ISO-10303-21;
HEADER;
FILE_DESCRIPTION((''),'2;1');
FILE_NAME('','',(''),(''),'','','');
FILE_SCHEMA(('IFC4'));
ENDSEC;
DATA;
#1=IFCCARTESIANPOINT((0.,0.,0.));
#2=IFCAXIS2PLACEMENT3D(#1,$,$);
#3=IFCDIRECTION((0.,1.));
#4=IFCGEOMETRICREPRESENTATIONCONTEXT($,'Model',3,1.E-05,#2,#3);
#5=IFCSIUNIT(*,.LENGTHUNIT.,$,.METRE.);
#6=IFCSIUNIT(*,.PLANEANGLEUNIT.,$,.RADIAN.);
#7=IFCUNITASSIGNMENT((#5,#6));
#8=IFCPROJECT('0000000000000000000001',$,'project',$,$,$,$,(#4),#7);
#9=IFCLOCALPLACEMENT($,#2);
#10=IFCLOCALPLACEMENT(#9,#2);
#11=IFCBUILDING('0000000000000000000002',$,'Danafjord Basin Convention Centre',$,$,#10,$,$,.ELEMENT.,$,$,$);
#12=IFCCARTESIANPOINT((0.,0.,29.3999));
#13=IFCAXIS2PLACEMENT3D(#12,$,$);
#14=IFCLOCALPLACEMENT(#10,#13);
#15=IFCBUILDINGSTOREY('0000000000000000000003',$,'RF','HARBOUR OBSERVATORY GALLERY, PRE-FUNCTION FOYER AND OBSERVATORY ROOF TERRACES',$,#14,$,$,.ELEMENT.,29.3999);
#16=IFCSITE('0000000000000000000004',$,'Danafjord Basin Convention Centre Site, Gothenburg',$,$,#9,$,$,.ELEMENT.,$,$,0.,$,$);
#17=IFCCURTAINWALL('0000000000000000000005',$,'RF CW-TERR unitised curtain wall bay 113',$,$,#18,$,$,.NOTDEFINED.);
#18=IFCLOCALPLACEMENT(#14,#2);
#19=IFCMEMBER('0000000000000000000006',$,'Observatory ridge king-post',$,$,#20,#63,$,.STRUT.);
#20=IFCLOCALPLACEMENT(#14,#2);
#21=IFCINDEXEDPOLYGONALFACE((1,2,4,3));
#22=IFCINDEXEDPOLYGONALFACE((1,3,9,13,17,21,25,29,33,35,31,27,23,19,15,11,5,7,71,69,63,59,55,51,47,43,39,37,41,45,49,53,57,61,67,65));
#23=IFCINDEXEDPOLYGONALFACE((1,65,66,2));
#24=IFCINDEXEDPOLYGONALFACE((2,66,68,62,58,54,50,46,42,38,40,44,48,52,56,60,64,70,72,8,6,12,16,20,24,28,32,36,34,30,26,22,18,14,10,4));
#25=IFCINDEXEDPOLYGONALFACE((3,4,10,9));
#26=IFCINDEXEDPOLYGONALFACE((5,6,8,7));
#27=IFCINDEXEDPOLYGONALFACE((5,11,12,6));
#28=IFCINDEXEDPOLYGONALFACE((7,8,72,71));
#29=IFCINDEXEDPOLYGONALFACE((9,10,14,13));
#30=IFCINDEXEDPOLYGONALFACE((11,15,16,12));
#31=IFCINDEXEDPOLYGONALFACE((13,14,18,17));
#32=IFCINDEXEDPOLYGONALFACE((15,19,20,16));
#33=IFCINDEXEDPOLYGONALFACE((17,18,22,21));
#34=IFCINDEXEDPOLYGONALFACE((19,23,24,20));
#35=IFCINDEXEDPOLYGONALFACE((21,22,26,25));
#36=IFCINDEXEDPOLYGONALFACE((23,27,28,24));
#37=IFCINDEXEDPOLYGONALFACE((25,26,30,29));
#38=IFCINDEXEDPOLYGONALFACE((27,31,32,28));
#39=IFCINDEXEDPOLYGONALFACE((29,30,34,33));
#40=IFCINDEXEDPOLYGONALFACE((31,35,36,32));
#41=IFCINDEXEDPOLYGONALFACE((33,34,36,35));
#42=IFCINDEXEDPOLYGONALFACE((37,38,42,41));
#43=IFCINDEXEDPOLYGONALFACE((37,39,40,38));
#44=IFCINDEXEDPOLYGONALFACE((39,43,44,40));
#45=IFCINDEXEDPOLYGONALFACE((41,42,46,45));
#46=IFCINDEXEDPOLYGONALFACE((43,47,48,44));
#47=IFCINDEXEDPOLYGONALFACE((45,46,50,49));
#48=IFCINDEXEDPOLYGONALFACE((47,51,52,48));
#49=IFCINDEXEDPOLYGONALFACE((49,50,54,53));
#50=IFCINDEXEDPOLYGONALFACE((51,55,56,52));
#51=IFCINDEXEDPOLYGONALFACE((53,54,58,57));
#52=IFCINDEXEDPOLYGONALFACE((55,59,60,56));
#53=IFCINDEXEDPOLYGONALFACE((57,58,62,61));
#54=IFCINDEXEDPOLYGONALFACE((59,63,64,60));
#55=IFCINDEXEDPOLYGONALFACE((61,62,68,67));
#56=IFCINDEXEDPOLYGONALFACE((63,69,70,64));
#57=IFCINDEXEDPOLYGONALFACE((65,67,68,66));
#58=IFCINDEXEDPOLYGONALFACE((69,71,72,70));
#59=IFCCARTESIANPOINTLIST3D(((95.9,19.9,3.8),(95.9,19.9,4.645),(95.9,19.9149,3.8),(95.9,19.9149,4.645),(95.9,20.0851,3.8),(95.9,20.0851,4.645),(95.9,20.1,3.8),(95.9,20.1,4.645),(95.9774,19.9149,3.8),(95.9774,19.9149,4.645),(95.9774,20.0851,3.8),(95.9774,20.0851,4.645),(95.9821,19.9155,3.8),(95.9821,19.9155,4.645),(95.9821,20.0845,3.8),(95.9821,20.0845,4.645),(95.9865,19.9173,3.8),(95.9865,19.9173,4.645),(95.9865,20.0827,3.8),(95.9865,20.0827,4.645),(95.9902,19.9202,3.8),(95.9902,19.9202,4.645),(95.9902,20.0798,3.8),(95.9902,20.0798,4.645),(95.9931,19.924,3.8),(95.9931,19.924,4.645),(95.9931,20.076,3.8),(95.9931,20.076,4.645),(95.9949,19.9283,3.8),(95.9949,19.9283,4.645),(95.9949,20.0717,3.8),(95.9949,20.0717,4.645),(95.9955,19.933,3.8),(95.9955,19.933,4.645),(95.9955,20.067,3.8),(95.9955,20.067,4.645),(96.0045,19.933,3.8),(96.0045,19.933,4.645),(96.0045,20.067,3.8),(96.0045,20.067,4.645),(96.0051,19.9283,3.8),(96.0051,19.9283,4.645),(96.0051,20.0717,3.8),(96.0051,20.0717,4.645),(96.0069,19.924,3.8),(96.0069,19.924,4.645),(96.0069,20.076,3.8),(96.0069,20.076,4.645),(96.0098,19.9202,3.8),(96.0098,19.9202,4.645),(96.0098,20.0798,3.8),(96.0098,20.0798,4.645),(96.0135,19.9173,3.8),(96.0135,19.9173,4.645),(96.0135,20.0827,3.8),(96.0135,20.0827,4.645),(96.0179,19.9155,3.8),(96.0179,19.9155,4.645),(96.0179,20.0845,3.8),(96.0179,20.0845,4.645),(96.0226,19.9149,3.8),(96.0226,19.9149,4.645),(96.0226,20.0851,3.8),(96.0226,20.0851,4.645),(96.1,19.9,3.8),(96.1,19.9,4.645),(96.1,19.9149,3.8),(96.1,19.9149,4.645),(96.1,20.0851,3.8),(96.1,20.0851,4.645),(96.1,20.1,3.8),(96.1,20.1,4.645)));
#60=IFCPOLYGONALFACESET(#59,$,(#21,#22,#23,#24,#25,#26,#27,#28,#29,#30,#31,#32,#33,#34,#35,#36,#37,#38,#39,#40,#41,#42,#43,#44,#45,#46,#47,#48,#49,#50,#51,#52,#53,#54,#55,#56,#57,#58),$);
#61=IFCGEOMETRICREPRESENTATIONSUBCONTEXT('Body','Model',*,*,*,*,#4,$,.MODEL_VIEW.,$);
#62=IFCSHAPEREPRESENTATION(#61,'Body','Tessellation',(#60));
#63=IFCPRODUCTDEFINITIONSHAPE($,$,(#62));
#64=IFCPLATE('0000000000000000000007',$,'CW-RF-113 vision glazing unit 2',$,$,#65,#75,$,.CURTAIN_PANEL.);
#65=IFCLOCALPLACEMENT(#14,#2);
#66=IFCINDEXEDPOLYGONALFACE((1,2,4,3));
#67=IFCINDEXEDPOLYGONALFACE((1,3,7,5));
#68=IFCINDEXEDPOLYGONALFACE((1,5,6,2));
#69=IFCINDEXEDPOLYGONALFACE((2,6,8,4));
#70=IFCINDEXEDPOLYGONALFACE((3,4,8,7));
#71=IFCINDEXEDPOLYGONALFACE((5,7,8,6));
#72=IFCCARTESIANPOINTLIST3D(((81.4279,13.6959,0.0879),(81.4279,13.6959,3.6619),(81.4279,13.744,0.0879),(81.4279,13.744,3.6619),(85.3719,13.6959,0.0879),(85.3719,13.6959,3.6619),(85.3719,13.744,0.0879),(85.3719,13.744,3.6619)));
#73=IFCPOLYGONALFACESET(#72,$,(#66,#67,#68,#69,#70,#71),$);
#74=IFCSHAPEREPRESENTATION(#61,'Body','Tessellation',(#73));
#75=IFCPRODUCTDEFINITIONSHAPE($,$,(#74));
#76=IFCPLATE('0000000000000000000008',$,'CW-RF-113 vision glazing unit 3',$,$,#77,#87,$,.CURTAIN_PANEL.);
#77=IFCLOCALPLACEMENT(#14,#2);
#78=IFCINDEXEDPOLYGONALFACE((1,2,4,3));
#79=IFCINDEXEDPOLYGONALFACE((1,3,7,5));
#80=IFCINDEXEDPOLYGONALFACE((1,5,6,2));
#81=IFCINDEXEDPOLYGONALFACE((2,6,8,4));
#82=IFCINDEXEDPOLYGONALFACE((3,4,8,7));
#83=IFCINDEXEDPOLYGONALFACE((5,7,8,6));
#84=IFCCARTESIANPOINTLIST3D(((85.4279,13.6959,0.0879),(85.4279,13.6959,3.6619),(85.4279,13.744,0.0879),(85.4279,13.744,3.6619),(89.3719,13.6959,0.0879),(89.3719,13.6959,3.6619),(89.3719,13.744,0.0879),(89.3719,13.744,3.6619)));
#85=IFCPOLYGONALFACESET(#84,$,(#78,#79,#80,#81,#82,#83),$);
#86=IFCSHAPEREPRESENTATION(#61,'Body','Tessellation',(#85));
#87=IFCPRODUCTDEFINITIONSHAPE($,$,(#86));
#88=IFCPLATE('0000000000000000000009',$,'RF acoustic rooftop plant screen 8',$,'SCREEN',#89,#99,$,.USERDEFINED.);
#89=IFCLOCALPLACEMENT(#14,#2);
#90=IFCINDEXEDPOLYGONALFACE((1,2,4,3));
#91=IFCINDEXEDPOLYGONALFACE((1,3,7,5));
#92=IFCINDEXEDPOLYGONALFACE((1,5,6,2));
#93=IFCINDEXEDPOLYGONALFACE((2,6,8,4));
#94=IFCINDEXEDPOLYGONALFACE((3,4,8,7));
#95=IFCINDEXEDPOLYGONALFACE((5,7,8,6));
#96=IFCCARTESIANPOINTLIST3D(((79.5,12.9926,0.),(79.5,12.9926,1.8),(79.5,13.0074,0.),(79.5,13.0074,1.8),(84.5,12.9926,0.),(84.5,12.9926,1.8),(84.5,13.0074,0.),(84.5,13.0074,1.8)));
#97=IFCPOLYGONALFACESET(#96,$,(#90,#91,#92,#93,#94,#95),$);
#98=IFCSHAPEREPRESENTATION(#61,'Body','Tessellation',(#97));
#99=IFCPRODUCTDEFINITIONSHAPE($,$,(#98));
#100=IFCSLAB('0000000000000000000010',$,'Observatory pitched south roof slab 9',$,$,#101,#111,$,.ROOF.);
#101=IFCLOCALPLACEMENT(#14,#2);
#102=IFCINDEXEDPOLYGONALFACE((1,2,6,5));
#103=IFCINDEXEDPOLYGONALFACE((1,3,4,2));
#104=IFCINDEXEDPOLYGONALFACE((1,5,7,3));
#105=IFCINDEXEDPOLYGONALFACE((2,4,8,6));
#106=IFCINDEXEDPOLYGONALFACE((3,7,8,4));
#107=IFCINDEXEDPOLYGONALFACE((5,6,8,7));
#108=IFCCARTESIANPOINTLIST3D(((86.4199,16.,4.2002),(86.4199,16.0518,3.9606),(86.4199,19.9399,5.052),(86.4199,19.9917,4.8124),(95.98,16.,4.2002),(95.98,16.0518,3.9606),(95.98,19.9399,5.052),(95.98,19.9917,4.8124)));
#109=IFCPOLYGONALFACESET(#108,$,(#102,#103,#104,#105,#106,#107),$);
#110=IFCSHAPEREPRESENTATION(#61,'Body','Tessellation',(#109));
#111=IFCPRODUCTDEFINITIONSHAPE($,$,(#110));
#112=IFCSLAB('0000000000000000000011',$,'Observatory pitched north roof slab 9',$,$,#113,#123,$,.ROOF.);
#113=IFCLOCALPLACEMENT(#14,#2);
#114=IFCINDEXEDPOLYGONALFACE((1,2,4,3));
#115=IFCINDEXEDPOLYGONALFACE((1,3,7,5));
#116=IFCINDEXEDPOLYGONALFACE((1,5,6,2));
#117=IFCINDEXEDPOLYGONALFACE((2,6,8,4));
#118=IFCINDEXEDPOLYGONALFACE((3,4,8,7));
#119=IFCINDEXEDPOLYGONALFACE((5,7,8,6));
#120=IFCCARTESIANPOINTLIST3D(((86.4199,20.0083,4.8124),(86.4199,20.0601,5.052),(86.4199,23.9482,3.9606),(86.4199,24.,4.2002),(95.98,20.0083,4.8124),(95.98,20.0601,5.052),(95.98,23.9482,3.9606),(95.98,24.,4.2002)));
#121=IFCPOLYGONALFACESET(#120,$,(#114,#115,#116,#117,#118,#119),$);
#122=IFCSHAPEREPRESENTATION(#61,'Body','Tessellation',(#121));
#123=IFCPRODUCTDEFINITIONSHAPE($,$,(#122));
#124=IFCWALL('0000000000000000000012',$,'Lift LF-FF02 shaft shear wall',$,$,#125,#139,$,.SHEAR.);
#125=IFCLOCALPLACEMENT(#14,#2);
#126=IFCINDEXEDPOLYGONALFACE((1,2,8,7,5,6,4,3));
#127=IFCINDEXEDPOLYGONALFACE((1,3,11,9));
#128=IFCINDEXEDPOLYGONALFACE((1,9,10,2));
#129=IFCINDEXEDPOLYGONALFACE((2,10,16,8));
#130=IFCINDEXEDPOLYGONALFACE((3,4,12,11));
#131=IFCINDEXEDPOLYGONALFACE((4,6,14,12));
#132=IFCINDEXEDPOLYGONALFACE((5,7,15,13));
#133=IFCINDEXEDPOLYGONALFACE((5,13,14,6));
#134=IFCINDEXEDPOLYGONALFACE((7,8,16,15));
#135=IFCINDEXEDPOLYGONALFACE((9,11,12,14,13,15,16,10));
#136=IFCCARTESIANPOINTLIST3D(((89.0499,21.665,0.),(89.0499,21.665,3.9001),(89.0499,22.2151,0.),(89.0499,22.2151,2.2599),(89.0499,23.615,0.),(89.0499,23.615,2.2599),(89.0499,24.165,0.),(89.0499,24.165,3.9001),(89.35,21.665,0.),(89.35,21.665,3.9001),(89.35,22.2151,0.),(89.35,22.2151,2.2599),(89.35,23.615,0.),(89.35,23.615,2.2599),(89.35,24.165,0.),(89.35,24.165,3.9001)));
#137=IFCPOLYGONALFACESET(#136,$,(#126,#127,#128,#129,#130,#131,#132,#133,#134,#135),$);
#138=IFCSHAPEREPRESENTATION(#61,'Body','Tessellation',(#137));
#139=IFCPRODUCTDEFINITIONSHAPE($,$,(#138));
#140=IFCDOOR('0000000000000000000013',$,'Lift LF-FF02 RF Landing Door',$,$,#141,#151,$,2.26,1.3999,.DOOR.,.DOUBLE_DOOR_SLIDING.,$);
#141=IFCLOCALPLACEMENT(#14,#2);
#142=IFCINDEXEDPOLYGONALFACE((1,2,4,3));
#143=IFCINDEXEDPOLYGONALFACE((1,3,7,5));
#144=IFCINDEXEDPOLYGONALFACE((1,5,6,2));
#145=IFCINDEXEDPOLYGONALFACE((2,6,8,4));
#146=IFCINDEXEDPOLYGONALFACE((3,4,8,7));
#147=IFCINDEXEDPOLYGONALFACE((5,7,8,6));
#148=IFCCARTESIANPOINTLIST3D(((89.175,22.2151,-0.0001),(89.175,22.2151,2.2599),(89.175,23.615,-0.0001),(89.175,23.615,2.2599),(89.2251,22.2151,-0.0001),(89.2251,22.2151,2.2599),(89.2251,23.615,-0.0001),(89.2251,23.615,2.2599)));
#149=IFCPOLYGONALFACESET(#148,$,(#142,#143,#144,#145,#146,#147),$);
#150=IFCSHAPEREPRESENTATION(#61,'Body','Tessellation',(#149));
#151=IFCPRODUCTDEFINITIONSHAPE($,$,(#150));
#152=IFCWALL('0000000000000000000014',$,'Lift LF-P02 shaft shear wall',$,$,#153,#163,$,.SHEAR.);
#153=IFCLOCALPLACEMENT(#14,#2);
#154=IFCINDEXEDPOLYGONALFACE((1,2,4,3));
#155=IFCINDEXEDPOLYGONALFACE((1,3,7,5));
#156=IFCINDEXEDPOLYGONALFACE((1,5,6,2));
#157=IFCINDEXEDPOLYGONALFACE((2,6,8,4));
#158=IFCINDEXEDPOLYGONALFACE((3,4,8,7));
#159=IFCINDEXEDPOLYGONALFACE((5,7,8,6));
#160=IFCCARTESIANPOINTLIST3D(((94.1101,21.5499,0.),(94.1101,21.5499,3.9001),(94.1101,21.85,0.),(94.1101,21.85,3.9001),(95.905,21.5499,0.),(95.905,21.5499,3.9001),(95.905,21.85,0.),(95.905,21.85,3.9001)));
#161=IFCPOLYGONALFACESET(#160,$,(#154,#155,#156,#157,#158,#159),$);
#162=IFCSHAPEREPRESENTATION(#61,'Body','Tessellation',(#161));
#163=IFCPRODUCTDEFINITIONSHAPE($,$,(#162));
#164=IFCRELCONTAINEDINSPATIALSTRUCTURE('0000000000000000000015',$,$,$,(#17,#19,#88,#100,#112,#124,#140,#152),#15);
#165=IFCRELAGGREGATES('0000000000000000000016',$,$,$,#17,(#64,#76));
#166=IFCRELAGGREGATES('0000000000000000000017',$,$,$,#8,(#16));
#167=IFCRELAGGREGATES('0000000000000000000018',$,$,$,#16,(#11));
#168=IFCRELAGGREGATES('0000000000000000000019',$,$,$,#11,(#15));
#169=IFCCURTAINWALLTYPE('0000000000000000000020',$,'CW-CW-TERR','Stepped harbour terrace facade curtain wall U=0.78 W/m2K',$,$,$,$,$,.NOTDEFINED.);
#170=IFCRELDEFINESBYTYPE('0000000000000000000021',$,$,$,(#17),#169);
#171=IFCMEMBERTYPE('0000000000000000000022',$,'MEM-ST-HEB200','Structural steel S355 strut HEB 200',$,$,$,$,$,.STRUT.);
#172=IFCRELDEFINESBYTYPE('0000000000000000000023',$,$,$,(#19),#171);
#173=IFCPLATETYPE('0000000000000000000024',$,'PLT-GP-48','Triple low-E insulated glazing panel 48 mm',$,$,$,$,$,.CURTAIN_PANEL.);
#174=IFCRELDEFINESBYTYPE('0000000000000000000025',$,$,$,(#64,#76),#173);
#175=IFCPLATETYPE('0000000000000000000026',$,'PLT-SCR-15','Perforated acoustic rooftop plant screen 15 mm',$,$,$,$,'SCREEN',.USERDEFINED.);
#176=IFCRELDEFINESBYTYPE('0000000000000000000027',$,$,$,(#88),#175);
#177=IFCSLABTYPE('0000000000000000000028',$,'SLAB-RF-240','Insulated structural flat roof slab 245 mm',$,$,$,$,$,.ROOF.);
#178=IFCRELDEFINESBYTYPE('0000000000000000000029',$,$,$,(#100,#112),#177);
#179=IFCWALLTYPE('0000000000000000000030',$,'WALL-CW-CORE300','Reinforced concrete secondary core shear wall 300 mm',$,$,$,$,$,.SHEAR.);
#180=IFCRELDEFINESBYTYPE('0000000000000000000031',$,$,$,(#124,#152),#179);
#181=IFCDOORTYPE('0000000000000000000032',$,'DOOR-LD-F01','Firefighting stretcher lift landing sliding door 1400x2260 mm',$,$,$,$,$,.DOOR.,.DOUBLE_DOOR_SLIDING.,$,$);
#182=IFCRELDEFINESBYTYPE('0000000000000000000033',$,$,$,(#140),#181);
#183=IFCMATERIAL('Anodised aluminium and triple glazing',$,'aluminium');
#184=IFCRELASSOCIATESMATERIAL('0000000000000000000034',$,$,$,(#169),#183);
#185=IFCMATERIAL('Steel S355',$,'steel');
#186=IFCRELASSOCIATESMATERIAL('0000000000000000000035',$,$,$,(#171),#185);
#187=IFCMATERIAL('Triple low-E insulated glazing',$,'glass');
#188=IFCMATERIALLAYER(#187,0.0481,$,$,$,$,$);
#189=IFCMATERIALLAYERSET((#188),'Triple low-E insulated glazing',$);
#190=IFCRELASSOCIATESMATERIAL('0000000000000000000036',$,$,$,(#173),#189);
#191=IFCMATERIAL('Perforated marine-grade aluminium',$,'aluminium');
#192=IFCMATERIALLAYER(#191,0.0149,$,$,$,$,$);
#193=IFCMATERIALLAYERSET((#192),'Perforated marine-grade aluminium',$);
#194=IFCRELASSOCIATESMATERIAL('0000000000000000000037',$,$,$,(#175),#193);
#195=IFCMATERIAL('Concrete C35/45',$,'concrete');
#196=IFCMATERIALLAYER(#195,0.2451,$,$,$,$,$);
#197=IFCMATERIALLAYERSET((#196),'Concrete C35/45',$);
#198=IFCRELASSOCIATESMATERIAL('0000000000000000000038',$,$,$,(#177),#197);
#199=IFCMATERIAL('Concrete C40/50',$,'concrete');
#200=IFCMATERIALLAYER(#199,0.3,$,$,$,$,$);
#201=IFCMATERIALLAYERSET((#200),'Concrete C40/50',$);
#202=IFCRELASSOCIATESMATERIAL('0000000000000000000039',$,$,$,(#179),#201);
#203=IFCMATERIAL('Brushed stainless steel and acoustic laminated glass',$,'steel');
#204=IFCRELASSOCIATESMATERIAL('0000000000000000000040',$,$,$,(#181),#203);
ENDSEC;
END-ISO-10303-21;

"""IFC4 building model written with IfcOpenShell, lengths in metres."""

from ifc_helpers import new_model, si_unit, direction, frame, frame_2d, origin, origin_2d, place, context, subcontext, project, spatial, polyline, rectangle, i_section, outline, extrude, material, layer, layer_set, material_profile, profile_set, type_object, element, fill, aggregate, save


model = new_model("IFC4")

# Units and contexts
model_context = context("Model", 3, precision=1e-05, world=origin(), true_north=direction((0.0, 1.0)))
body_context = subcontext(model_context, "Body", "Model", "MODEL_VIEW")
ifc_project = project(units=[si_unit("LENGTHUNIT", "METRE"), si_unit("PLANEANGLEUNIT", "RADIAN")], contexts=[model_context])

# Site, building, storey
site_placement = place(None, origin())
site = spatial("IfcSite", under=ifc_project, at=site_placement, Name="Danafjord Basin Convention Centre Site, Gothenburg", CompositionType="ELEMENT", RefElevation=0.0)
building_placement = place(site_placement, origin())
building = spatial("IfcBuilding", under=site, at=building_placement, Name="Danafjord Basin Convention Centre", CompositionType="ELEMENT")
storey_placement = place(building_placement, frame((0.0, 0.0, 29.3999)))
storey = spatial("IfcBuildingStorey", under=building, at=storey_placement, Name="RF", Description="HARBOUR OBSERVATORY GALLERY, PRE-FUNCTION FOYER AND OBSERVATORY ROOF TERRACES", CompositionType="ELEMENT", Elevation=29.3999)

# Shared definitions
ifc_material_1 = material(Name="Steel S355", Category="steel")

# Curtain wall
ifc_material_2 = material(Name="Anodised aluminium and triple glazing", Category="aluminium")
curtain_wall_type = type_object("IfcCurtainWallType", Name="CW-CW-TERR", Description="Stepped harbour terrace facade curtain wall U=0.78 W/m2K", PredefinedType="NOTDEFINED", material=ifc_material_2)
curtain_wall_placement = place(storey_placement, origin())
curtain_wall = element("IfcCurtainWall", 1, at=curtain_wall_placement, inside=storey, type_object=curtain_wall_type, Name="RF CW-TERR unitised curtain wall bay 113", PredefinedType="NOTDEFINED")

# Member
ifc_material_profile_1 = material_profile(ifc_material_1, i_section(OverallWidth=0.2, OverallDepth=0.2, WebThickness=0.009, FlangeThickness=0.0149, FilletRadius=0.0181, at=origin_2d()), Name="HEB 200")
ifc_profile_set_1 = profile_set([ifc_material_profile_1], Name="Steel S355")
member_type_1 = type_object("IfcMemberType", Name="MEM-ST-HEB200", Description="Structural steel S355 strut HEB 200", PredefinedType="STRUT", material=ifc_profile_set_1)
member_1_placement = place(storey_placement, frame((96.0, 20.0, 3.8), z_axis=(0.0, 0.0, 1.0), x_axis=(1.0, 0.0, 0.0)))
element("IfcMember", 2, at=member_1_placement, inside=storey, type_object=member_type_1, Name="Observatory ridge king-post", PredefinedType="STRUT", context=body_context, shape_type="SweptSolid", body=[
    extrude(i_section(OverallWidth=0.2, OverallDepth=0.2, WebThickness=0.009, FlangeThickness=0.0149, FilletRadius=0.0181, at=origin_2d()), origin(), (0.0, 0.0, 1.0), 0.845),
])

# Plates
ifc_material_3 = material(Name="Triple low-E insulated glazing", Category="glass")
ifc_layer_1 = layer(ifc_material_3, 0.0481)
ifc_layer_set_1 = layer_set([ifc_layer_1], Name="Triple low-E insulated glazing")
plate_type_1 = type_object("IfcPlateType", Name="PLT-GP-48", Description="Triple low-E insulated glazing panel 48 mm", PredefinedType="CURTAIN_PANEL", material=ifc_layer_set_1)
plate_1_placement = place(storey_placement, frame((83.3999, 13.72, 0.0879), z_axis=(0.0, 0.0, 1.0), x_axis=(1.0, 0.0, 0.0)))
plate_1 = element("IfcPlate", 3, at=plate_1_placement, type_object=plate_type_1, Name="CW-RF-113 vision glazing unit 2", PredefinedType="CURTAIN_PANEL", context=body_context, shape_type="SweptSolid", body=[
    extrude(rectangle(XDim=3.9441, YDim=0.0481, at=origin_2d()), origin(), (0.0, 0.0, 1.0), 3.574),
])
plate_2_placement = place(storey_placement, frame((87.3999, 13.72, 0.0879), z_axis=(0.0, 0.0, 1.0), x_axis=(1.0, 0.0, 0.0)))
plate_2 = element("IfcPlate", 4, at=plate_2_placement, type_object=plate_type_1, Name="CW-RF-113 vision glazing unit 3", PredefinedType="CURTAIN_PANEL", context=body_context, shape_type="SweptSolid", body=[
    extrude(rectangle(XDim=3.9441, YDim=0.0481, at=origin_2d()), origin(), (0.0, 0.0, 1.0), 3.574),
])
aggregate(curtain_wall, [plate_1, plate_2])
ifc_material_4 = material(Name="Perforated marine-grade aluminium", Category="aluminium")
ifc_layer_2 = layer(ifc_material_4, 0.0149)
ifc_layer_set_2 = layer_set([ifc_layer_2], Name="Perforated marine-grade aluminium")
plate_type_2 = type_object("IfcPlateType", Name="PLT-SCR-15", Description="Perforated acoustic rooftop plant screen 15 mm", ElementType="SCREEN", PredefinedType="USERDEFINED", material=ifc_layer_set_2)
plate_3_placement = place(storey_placement, frame((82.0, 13.0, 0.0), z_axis=(0.0, 0.0, 1.0), x_axis=(1.0, 0.0, 0.0)))
element("IfcPlate", 5, at=plate_3_placement, inside=storey, type_object=plate_type_2, Name="RF acoustic rooftop plant screen 8", ObjectType="SCREEN", PredefinedType="USERDEFINED", context=body_context, shape_type="SweptSolid", body=[
    extrude(rectangle(XDim=5.0, YDim=0.0149, at=origin_2d()), origin(), (0.0, 0.0, 1.0), 1.8),
])

# Slabs
ifc_material_5 = material(Name="Concrete C35/45", Category="concrete")
ifc_layer_3 = layer(ifc_material_5, 0.2451)
ifc_layer_set_3 = layer_set([ifc_layer_3], Name="Concrete C35/45")
slab_type = type_object("IfcSlabType", Name="SLAB-RF-240", Description="Insulated structural flat roof slab 245 mm", PredefinedType="ROOF", material=ifc_layer_set_3)
for number, where, z_axis, x_axis, name in (
    (6, (86.4199, 16.0, 4.2002), (0.0, -0.211316, 0.977418), (1.0, 0.0, 0.0), "Observatory pitched south roof slab 9"),
    (7, (86.4199, 20.0601, 5.052), (0.0, 0.211316, 0.977418), (1.0, 0.0, 0.0), "Observatory pitched north roof slab 9"),
):
    element("IfcSlab", number, at=place(storey_placement, frame(where, z_axis=z_axis, x_axis=x_axis)), inside=storey, type_object=slab_type, Name=name, PredefinedType="ROOF", context=body_context, shape_type="SweptSolid", body=[
        extrude(outline(polyline([(0.0, 0.0), (9.5601, 0.0), (9.5601, 4.031), (0.0, 4.031), (0.0, 0.0)])), origin(), (0.0, 0.0, -1.0), 0.2451),
    ])

# Wall, opening, door
ifc_material_6 = material(Name="Concrete C40/50", Category="concrete")
ifc_layer_4 = layer(ifc_material_6, 0.3)
ifc_layer_set_4 = layer_set([ifc_layer_4], Name="Concrete C40/50")
wall_type_1 = type_object("IfcWallType", Name="WALL-CW-CORE300", Description="Reinforced concrete secondary core shear wall 300 mm", PredefinedType="SHEAR", material=ifc_layer_set_4)
wall_1_placement = place(storey_placement, frame((89.2, 21.665, 0.0), z_axis=(0.0, 0.0, 1.0), x_axis=(0.0, 1.0, 0.0)))
wall_1 = element("IfcWall", 8, at=wall_1_placement, inside=storey, type_object=wall_type_1, Name="Lift LF-FF02 shaft shear wall", PredefinedType="SHEAR", context=body_context, shape_type="SweptSolid", body=[
    extrude(rectangle(XDim=2.5, YDim=0.3, at=frame_2d((1.25, 0.0))), origin(), (0.0, 0.0, 1.0), 3.9001),
])
opening_1_placement = place(wall_1_placement, frame((0.55, 0.0, 0.0)))
opening_1 = element("IfcOpeningElement", 9, at=opening_1_placement, cuts=wall_1, PredefinedType="OPENING", context=body_context, shape_type="SweptSolid", body=[
    extrude(rectangle(XDim=1.3999, YDim=2.26, at=frame_2d((0.7, 1.1299))), frame((0.0, 0.1599, 0.0), z_axis=(0.0, -1.0, 0.0), x_axis=(1.0, 0.0, 0.0)), (0.0, 0.0, 1.0), 0.3201),
])
ifc_material_7 = material(Name="Brushed stainless steel and acoustic laminated glass", Category="steel")
door_type_1 = type_object("IfcDoorType", Name="DOOR-LD-F01", Description="Firefighting stretcher lift landing sliding door 1400x2260 mm", OperationType="DOUBLE_DOOR_SLIDING", PredefinedType="DOOR", material=ifc_material_7)
door_1_placement = place(opening_1_placement, origin())
door_1 = element("IfcDoor", 10, at=door_1_placement, inside=storey, type_object=door_type_1, Name="Lift LF-FF02 RF Landing Door", OperationType="DOUBLE_DOOR_SLIDING", OverallHeight=2.26, OverallWidth=1.3999, PredefinedType="DOOR", context=body_context, shape_type="SweptSolid", body=[
    extrude(rectangle(XDim=1.3999, YDim=2.26, at=frame_2d((0.7, 1.1299))), frame((0.0, 0.0249, 0.0), z_axis=(0.0, -1.0, 0.0), x_axis=(1.0, 0.0, 0.0)), (0.0, 0.0, 1.0), 0.05),
])
fill(opening_1, door_1)

# Wall
wall_2_placement = place(storey_placement, frame((94.1101, 21.7, 0.0), z_axis=(0.0, 0.0, 1.0), x_axis=(1.0, 0.0, 0.0)))
element("IfcWall", 11, at=wall_2_placement, inside=storey, type_object=wall_type_1, Name="Lift LF-P02 shaft shear wall", PredefinedType="SHEAR", context=body_context, shape_type="SweptSolid", body=[
    extrude(rectangle(XDim=1.7949, YDim=0.3, at=frame_2d((0.8975, 0.0))), origin(), (0.0, 0.0, 1.0), 3.9001),
])

save(model, "model.ifc")
